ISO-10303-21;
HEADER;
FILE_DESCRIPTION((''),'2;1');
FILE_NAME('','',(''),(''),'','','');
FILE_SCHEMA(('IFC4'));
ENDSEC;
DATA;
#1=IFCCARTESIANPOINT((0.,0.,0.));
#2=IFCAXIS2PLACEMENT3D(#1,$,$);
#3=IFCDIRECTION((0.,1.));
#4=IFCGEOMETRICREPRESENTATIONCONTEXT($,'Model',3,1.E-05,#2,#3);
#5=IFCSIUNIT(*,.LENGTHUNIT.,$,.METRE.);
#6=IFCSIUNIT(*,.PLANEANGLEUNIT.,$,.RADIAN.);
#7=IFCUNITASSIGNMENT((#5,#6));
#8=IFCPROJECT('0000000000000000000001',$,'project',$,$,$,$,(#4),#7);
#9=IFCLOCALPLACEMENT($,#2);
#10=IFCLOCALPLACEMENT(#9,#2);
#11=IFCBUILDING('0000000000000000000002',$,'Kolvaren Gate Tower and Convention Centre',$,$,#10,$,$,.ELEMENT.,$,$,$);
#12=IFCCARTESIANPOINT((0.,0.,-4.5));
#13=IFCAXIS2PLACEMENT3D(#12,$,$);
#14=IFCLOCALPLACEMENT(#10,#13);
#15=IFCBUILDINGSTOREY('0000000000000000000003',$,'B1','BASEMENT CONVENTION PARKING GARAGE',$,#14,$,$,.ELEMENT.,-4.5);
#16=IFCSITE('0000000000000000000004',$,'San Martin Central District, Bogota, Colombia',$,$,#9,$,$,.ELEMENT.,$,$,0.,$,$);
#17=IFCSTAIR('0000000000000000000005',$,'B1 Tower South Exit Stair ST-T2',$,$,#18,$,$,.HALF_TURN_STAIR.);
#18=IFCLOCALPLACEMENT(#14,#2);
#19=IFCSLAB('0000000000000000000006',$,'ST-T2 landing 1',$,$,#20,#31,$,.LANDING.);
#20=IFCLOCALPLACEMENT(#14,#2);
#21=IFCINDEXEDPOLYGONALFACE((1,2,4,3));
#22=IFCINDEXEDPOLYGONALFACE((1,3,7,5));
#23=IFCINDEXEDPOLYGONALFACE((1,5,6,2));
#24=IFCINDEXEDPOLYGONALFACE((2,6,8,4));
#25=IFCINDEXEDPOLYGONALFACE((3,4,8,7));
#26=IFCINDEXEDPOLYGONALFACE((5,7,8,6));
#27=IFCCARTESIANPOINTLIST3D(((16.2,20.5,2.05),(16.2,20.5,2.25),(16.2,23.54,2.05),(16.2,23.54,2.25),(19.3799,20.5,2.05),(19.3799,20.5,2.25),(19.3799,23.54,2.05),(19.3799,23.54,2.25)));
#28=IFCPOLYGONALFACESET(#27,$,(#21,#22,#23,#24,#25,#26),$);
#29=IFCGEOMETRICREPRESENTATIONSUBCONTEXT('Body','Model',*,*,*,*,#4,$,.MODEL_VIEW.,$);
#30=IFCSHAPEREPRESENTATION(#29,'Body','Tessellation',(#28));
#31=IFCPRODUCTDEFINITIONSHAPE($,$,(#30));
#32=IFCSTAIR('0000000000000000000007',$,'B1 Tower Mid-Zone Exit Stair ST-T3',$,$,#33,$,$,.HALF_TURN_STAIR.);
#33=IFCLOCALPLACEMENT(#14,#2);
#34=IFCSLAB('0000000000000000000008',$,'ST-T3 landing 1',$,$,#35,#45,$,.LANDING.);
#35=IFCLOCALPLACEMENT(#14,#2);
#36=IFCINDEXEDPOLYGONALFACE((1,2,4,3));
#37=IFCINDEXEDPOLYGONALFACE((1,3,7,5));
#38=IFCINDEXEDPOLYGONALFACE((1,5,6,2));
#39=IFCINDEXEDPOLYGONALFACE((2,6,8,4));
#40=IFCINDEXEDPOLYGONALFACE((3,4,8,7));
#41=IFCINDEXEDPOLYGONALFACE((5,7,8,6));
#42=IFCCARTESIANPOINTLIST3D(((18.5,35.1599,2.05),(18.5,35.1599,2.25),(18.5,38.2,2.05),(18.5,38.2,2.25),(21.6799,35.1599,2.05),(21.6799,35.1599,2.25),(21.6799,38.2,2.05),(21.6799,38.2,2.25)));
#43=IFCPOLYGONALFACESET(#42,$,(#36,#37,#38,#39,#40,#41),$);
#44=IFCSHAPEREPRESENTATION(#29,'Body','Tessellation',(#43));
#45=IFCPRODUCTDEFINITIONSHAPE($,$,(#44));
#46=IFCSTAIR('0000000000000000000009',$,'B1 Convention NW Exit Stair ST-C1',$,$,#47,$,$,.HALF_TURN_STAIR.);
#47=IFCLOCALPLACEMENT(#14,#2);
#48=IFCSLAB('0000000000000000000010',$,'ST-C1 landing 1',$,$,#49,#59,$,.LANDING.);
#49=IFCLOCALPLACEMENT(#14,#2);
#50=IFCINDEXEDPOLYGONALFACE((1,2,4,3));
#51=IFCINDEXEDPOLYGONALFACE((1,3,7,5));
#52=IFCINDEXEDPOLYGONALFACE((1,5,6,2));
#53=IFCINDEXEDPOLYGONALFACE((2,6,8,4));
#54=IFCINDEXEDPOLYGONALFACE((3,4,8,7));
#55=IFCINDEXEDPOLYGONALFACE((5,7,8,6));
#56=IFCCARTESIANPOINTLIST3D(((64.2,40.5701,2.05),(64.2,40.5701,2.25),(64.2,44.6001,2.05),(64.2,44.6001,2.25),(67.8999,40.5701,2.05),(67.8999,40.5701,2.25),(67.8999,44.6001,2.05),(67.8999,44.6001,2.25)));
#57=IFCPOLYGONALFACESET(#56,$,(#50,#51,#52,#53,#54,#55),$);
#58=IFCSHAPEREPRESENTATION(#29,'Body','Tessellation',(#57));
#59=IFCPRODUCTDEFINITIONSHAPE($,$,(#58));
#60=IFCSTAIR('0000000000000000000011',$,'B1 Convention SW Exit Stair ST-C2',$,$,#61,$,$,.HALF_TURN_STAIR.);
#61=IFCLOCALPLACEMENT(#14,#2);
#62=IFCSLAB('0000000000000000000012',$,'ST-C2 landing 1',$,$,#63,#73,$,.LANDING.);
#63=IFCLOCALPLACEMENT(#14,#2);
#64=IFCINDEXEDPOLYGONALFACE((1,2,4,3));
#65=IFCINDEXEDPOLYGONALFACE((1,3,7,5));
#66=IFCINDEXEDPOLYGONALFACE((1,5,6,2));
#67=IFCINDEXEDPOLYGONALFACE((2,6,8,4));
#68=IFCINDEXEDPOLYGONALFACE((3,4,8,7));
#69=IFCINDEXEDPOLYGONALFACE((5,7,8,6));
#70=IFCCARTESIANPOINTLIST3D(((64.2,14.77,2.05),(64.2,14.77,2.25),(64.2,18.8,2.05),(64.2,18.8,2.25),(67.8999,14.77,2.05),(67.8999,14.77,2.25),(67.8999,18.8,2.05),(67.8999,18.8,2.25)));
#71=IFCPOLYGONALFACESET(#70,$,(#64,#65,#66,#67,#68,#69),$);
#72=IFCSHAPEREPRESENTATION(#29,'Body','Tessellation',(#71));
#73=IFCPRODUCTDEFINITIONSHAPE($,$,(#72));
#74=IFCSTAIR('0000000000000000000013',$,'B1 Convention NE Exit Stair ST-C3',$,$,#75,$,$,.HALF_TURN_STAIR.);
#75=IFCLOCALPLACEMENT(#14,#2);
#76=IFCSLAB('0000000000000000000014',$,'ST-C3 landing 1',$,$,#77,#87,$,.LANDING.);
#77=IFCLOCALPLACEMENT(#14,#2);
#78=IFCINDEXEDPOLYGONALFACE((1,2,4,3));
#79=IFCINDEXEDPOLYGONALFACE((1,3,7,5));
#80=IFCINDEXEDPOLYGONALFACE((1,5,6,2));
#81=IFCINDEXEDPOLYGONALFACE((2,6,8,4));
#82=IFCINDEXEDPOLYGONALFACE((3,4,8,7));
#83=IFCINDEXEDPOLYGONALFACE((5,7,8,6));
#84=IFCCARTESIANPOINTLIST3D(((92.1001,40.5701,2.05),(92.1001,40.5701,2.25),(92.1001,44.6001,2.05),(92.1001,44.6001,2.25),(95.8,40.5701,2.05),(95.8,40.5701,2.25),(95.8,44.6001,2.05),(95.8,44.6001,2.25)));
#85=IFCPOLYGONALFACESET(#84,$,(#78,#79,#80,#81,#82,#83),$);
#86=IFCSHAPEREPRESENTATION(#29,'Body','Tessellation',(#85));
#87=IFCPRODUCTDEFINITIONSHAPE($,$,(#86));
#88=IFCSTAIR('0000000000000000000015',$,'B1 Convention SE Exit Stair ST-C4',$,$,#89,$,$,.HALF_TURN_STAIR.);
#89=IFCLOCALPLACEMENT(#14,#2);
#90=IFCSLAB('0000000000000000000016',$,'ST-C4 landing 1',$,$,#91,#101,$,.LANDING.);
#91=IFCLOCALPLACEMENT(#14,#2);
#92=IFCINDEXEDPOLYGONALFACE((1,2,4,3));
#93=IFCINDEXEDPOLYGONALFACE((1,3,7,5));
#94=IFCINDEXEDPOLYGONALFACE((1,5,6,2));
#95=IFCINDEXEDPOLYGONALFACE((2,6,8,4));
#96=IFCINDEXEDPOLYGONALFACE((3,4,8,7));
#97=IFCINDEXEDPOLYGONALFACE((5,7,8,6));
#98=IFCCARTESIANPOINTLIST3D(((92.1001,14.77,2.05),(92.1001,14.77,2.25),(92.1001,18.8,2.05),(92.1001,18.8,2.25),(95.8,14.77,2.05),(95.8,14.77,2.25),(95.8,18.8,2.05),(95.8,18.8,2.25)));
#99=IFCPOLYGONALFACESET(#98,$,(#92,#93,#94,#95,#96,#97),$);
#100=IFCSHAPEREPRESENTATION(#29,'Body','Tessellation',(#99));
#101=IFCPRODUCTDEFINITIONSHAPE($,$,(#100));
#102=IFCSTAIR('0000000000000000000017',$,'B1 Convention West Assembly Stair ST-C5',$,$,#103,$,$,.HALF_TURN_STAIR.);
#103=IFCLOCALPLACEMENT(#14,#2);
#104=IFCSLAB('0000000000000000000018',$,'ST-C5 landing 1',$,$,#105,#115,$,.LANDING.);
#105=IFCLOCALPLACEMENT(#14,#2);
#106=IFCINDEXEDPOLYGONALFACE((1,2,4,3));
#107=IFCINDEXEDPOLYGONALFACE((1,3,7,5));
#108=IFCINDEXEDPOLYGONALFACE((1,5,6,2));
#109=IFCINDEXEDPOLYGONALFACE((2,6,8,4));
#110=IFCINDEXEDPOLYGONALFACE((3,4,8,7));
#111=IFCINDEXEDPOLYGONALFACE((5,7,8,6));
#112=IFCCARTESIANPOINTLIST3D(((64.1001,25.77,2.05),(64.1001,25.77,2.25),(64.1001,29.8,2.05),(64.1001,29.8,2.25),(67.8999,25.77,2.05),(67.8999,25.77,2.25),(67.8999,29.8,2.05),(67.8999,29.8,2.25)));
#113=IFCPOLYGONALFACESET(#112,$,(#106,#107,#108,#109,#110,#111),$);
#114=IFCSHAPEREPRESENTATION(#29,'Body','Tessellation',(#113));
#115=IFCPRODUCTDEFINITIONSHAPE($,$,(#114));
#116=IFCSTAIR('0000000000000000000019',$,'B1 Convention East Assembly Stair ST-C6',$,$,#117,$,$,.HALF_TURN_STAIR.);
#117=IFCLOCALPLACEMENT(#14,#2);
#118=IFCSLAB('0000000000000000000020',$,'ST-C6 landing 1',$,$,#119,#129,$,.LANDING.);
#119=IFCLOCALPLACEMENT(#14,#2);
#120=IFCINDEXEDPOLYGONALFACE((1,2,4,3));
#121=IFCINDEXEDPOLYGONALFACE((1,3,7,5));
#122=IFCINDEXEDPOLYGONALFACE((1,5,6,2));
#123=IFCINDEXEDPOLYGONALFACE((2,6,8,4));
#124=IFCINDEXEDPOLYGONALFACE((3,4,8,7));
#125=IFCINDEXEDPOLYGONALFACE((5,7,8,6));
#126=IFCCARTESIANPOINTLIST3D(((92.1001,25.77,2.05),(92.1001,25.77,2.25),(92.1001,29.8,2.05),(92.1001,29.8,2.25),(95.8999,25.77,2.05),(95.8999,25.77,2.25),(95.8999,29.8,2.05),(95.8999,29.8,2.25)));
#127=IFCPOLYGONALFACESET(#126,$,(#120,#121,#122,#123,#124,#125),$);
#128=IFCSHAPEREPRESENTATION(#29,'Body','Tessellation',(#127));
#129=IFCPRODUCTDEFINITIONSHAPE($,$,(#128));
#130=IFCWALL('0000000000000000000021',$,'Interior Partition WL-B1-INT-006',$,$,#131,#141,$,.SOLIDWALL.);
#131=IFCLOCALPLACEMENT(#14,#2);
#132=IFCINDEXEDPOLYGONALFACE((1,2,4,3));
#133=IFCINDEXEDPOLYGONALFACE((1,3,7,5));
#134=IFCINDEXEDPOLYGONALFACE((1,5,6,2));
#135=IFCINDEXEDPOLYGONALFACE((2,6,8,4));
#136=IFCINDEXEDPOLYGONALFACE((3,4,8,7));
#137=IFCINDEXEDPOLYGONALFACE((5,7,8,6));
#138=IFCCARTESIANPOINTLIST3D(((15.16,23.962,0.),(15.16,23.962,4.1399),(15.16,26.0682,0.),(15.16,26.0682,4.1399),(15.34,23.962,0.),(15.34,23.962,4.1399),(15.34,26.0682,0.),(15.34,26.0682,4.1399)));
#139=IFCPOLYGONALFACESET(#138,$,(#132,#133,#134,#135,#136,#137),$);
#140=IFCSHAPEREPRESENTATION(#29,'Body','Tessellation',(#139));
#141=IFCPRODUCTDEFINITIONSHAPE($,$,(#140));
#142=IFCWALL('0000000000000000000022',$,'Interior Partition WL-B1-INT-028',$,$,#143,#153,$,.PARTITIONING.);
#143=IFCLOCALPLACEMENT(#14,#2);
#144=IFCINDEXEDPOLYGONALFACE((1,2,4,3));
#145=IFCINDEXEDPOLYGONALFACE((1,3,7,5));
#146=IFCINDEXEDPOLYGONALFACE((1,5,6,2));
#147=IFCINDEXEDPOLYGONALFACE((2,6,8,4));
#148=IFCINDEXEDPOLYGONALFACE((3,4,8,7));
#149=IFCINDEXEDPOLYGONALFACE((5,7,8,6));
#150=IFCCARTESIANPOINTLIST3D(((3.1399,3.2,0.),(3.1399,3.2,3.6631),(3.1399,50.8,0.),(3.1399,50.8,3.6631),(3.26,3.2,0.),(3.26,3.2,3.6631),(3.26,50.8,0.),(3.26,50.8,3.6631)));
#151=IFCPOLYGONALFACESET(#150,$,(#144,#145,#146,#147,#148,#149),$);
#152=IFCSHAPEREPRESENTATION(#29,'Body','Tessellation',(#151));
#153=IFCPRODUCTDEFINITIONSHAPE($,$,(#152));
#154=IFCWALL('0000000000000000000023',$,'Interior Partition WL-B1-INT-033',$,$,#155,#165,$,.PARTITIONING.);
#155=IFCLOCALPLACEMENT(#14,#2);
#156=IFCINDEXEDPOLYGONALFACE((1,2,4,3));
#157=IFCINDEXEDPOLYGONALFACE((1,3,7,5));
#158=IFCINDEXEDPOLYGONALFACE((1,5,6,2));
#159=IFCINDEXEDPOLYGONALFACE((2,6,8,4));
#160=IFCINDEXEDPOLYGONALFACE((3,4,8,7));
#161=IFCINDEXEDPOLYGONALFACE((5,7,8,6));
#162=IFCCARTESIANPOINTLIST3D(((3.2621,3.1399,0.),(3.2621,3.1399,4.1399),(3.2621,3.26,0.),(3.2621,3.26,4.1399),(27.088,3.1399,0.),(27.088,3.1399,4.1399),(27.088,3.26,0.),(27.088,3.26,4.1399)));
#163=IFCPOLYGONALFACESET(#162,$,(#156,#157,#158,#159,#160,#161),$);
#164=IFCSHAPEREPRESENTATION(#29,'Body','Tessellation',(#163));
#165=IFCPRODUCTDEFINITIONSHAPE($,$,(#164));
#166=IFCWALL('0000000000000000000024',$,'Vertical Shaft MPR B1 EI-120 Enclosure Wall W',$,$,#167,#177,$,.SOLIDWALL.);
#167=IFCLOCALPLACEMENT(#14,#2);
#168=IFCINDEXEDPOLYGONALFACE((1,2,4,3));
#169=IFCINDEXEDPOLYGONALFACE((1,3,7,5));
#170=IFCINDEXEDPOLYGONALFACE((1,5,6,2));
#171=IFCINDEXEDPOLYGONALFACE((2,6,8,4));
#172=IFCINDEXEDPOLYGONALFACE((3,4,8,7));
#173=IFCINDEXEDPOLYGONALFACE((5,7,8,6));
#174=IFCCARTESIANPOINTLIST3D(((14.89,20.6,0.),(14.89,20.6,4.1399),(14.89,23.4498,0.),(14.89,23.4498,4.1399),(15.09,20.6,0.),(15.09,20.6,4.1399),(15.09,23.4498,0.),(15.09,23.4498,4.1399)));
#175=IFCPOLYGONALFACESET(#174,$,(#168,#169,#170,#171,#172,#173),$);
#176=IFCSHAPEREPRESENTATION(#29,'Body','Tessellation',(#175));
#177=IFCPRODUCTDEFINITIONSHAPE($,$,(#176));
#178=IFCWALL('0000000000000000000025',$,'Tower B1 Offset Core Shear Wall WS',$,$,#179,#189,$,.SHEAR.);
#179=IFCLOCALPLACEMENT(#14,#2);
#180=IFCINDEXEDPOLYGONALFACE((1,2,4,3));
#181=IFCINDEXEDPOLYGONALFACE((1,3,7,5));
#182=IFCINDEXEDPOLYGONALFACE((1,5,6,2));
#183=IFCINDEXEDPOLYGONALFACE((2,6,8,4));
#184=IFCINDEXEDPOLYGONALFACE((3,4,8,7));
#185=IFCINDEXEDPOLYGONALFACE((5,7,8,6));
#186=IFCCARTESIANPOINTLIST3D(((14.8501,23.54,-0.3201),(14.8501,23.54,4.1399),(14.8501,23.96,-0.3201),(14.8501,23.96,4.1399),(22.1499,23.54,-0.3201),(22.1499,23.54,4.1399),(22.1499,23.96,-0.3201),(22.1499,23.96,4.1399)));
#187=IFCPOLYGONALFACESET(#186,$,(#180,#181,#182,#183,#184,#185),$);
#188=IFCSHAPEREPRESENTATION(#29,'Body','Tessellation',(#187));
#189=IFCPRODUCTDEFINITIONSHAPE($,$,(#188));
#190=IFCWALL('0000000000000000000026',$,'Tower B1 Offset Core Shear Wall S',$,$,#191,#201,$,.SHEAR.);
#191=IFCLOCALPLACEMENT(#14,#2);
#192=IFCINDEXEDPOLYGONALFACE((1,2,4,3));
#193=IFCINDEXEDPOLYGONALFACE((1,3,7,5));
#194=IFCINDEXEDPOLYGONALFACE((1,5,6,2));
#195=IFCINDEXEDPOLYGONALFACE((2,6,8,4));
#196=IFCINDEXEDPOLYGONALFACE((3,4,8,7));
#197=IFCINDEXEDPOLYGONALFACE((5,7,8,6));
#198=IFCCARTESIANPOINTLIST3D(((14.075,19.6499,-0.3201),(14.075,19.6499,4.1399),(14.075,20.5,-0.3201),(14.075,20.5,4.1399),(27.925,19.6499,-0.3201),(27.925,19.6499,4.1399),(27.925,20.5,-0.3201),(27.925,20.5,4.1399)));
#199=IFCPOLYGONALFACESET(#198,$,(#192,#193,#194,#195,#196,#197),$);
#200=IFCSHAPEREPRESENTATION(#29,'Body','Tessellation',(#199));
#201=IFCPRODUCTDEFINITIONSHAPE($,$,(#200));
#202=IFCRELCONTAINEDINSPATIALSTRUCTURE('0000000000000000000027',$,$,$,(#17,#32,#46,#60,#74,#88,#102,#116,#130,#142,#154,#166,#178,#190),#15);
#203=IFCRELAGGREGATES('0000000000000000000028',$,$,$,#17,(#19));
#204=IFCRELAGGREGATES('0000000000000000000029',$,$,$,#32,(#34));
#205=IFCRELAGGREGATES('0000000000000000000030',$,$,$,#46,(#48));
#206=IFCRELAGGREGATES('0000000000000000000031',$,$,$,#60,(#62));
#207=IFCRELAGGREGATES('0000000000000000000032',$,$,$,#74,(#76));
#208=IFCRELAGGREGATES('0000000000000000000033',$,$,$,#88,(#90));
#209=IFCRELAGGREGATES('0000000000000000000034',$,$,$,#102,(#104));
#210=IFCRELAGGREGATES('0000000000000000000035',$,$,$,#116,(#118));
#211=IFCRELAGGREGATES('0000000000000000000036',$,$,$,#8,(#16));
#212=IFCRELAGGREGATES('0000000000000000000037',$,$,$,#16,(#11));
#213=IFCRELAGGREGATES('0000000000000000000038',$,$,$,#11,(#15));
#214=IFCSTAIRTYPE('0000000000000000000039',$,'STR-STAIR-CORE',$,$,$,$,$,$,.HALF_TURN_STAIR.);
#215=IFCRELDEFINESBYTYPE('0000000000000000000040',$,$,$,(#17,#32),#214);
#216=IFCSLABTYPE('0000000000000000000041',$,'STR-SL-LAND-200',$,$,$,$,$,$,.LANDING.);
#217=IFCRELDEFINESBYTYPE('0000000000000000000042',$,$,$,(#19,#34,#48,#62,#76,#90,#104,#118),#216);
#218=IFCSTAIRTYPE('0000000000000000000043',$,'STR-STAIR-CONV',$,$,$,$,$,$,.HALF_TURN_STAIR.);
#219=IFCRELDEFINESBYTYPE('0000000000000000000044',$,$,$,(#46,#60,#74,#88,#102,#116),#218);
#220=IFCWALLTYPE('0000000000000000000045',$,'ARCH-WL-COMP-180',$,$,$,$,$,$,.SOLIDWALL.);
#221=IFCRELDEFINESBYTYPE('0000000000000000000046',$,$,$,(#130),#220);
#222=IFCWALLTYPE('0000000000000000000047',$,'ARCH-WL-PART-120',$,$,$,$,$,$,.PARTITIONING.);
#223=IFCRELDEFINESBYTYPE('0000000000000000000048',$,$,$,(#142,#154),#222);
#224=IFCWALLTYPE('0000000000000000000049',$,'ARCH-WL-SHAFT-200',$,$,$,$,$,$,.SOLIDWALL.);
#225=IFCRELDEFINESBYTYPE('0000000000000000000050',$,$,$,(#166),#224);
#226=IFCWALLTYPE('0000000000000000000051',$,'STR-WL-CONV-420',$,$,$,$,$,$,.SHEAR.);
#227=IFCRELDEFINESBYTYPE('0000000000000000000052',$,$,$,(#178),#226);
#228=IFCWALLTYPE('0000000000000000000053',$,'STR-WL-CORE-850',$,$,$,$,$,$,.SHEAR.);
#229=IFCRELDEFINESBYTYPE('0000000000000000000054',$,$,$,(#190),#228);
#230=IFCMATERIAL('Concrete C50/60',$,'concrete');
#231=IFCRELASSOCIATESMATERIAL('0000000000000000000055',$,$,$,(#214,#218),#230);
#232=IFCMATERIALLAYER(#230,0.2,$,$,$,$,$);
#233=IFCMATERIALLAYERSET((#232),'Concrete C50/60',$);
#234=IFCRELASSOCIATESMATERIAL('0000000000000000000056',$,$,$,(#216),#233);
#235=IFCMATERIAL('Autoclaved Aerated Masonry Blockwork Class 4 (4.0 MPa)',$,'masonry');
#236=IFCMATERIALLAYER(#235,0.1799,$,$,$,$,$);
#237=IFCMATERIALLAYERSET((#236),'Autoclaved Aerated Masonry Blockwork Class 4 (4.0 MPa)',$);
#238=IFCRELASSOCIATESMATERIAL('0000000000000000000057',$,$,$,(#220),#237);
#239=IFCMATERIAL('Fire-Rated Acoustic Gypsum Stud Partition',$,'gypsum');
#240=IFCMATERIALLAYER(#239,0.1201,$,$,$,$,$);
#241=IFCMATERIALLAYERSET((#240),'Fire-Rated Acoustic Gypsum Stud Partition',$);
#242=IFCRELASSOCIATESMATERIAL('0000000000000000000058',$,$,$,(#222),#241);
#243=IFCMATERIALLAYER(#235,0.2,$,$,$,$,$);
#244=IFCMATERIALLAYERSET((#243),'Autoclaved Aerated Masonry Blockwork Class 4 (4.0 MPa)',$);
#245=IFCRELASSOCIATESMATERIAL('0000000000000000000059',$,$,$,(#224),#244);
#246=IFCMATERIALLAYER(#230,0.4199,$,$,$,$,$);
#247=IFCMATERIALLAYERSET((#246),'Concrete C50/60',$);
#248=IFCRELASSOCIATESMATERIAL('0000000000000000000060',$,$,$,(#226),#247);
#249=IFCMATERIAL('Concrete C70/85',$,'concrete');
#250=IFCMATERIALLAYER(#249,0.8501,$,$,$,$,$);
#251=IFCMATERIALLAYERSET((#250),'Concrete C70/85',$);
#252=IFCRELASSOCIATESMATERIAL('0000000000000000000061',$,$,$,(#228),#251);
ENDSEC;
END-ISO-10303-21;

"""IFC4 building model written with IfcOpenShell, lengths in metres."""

from ifc_helpers import new_model, si_unit, direction, frame, frame_2d, origin, place, context, subcontext, project, spatial, polyline, rectangle, outline, extrude, material, layer, layer_set, type_object, element, aggregate, save


model = new_model("IFC4")

# Units and contexts
model_context = context("Model", 3, precision=1e-05, world=origin(), true_north=direction((0.0, 1.0)))
body_context = subcontext(model_context, "Body", "Model", "MODEL_VIEW")
ifc_project = project(units=[si_unit("LENGTHUNIT", "METRE"), si_unit("PLANEANGLEUNIT", "RADIAN")], contexts=[model_context])

# Site, building, storey
site_placement = place(None, origin())
site = spatial("IfcSite", under=ifc_project, at=site_placement, Name="San Martin Central District, Bogota, Colombia", CompositionType="ELEMENT", RefElevation=0.0)
building_placement = place(site_placement, origin())
building = spatial("IfcBuilding", under=site, at=building_placement, Name="Kolvaren Gate Tower and Convention Centre", CompositionType="ELEMENT")
storey_placement = place(building_placement, frame((0.0, 0.0, -4.5)))
storey = spatial("IfcBuildingStorey", under=building, at=storey_placement, Name="B1", Description="BASEMENT CONVENTION PARKING GARAGE", CompositionType="ELEMENT", Elevation=-4.5)

# Shared definitions
ifc_material_1 = material(Name="Concrete C70/85", Category="concrete")

# Shared definitions
ifc_material_2 = material(Name="Concrete C50/60", Category="concrete")

# Stairs, slabs
stair_type_1 = type_object("IfcStairType", Name="STR-STAIR-CORE", PredefinedType="HALF_TURN_STAIR", material=ifc_material_2)
ifc_layer_1 = layer(ifc_material_2, 0.2)
ifc_layer_set_1 = layer_set([ifc_layer_1], Name="Concrete C50/60")
slab_type_1 = type_object("IfcSlabType", Name="STR-SL-LAND-200", PredefinedType="LANDING", material=ifc_layer_set_1)
stair_1_placement = place(storey_placement, origin())
stair_1 = element("IfcStair", 1, at=stair_1_placement, inside=storey, type_object=stair_type_1, Name="B1 Tower South Exit Stair ST-T2", PredefinedType="HALF_TURN_STAIR")
slab_1_placement = place(storey_placement, frame((0.0, 0.0, 2.05)))
slab_1 = element("IfcSlab", 2, at=slab_1_placement, type_object=slab_type_1, Name="ST-T2 landing 1", PredefinedType="LANDING", context=body_context, shape_type="SweptSolid", body=[
    extrude(outline(polyline([(19.3799, 23.54), (16.2, 23.54), (16.2, 20.5), (19.3799, 20.5), (19.3799, 23.54)])), origin(), (0.0, 0.0, 1.0), 0.2),
])
aggregate(stair_1, [slab_1])
stair_2_placement = place(storey_placement, origin())
stair_2 = element("IfcStair", 3, at=stair_2_placement, inside=storey, type_object=stair_type_1, Name="B1 Tower Mid-Zone Exit Stair ST-T3", PredefinedType="HALF_TURN_STAIR")
slab_2_placement = place(storey_placement, frame((0.0, 0.0, 2.05)))
slab_2 = element("IfcSlab", 4, at=slab_2_placement, type_object=slab_type_1, Name="ST-T3 landing 1", PredefinedType="LANDING", context=body_context, shape_type="SweptSolid", body=[
    extrude(outline(polyline([(21.6799, 38.2), (18.5, 38.2), (18.5, 35.1599), (21.6799, 35.1599), (21.6799, 38.2)])), origin(), (0.0, 0.0, 1.0), 0.2),
])
aggregate(stair_2, [slab_2])
stair_type_2 = type_object("IfcStairType", Name="STR-STAIR-CONV", PredefinedType="HALF_TURN_STAIR", material=ifc_material_2)
stair_3_placement = place(storey_placement, origin())
stair_3 = element("IfcStair", 5, at=stair_3_placement, inside=storey, type_object=stair_type_2, Name="B1 Convention NW Exit Stair ST-C1", PredefinedType="HALF_TURN_STAIR")
slab_3_placement = place(storey_placement, frame((0.0, 0.0, 2.05)))
slab_3 = element("IfcSlab", 6, at=slab_3_placement, type_object=slab_type_1, Name="ST-C1 landing 1", PredefinedType="LANDING", context=body_context, shape_type="SweptSolid", body=[
    extrude(outline(polyline([(67.8999, 40.5701), (67.8999, 44.6001), (64.2, 44.6001), (64.2, 40.5701), (67.8999, 40.5701)])), origin(), (0.0, 0.0, 1.0), 0.2),
])
aggregate(stair_3, [slab_3])
stair_4_placement = place(storey_placement, origin())
stair_4 = element("IfcStair", 7, at=stair_4_placement, inside=storey, type_object=stair_type_2, Name="B1 Convention SW Exit Stair ST-C2", PredefinedType="HALF_TURN_STAIR")
slab_4_placement = place(storey_placement, frame((0.0, 0.0, 2.05)))
slab_4 = element("IfcSlab", 8, at=slab_4_placement, type_object=slab_type_1, Name="ST-C2 landing 1", PredefinedType="LANDING", context=body_context, shape_type="SweptSolid", body=[
    extrude(outline(polyline([(67.8999, 14.77), (67.8999, 18.8), (64.2, 18.8), (64.2, 14.77), (67.8999, 14.77)])), origin(), (0.0, 0.0, 1.0), 0.2),
])
aggregate(stair_4, [slab_4])
stair_5_placement = place(storey_placement, origin())
stair_5 = element("IfcStair", 9, at=stair_5_placement, inside=storey, type_object=stair_type_2, Name="B1 Convention NE Exit Stair ST-C3", PredefinedType="HALF_TURN_STAIR")
slab_5_placement = place(storey_placement, frame((0.0, 0.0, 2.05)))
slab_5 = element("IfcSlab", 10, at=slab_5_placement, type_object=slab_type_1, Name="ST-C3 landing 1", PredefinedType="LANDING", context=body_context, shape_type="SweptSolid", body=[
    extrude(outline(polyline([(95.8, 40.5701), (95.8, 44.6001), (92.1001, 44.6001), (92.1001, 40.5701), (95.8, 40.5701)])), origin(), (0.0, 0.0, 1.0), 0.2),
])
aggregate(stair_5, [slab_5])
stair_6_placement = place(storey_placement, origin())
stair_6 = element("IfcStair", 11, at=stair_6_placement, inside=storey, type_object=stair_type_2, Name="B1 Convention SE Exit Stair ST-C4", PredefinedType="HALF_TURN_STAIR")
slab_6_placement = place(storey_placement, frame((0.0, 0.0, 2.05)))
slab_6 = element("IfcSlab", 12, at=slab_6_placement, type_object=slab_type_1, Name="ST-C4 landing 1", PredefinedType="LANDING", context=body_context, shape_type="SweptSolid", body=[
    extrude(outline(polyline([(95.8, 14.77), (95.8, 18.8), (92.1001, 18.8), (92.1001, 14.77), (95.8, 14.77)])), origin(), (0.0, 0.0, 1.0), 0.2),
])
aggregate(stair_6, [slab_6])
stair_7_placement = place(storey_placement, origin())
stair_7 = element("IfcStair", 13, at=stair_7_placement, inside=storey, type_object=stair_type_2, Name="B1 Convention West Assembly Stair ST-C5", PredefinedType="HALF_TURN_STAIR")
slab_7_placement = place(storey_placement, frame((0.0, 0.0, 2.05)))
slab_7 = element("IfcSlab", 14, at=slab_7_placement, type_object=slab_type_1, Name="ST-C5 landing 1", PredefinedType="LANDING", context=body_context, shape_type="SweptSolid", body=[
    extrude(outline(polyline([(67.8999, 25.77), (67.8999, 29.8), (64.1001, 29.8), (64.1001, 25.77), (67.8999, 25.77)])), origin(), (0.0, 0.0, 1.0), 0.2),
])
aggregate(stair_7, [slab_7])
stair_8_placement = place(storey_placement, origin())
stair_8 = element("IfcStair", 15, at=stair_8_placement, inside=storey, type_object=stair_type_2, Name="B1 Convention East Assembly Stair ST-C6", PredefinedType="HALF_TURN_STAIR")
slab_8_placement = place(storey_placement, frame((0.0, 0.0, 2.05)))
slab_8 = element("IfcSlab", 16, at=slab_8_placement, type_object=slab_type_1, Name="ST-C6 landing 1", PredefinedType="LANDING", context=body_context, shape_type="SweptSolid", body=[
    extrude(outline(polyline([(95.8999, 25.77), (95.8999, 29.8), (92.1001, 29.8), (92.1001, 25.77), (95.8999, 25.77)])), origin(), (0.0, 0.0, 1.0), 0.2),
])
aggregate(stair_8, [slab_8])

# Walls
ifc_material_3 = material(Name="Autoclaved Aerated Masonry Blockwork Class 4 (4.0 MPa)", Category="masonry")
ifc_layer_2 = layer(ifc_material_3, 0.1799)
ifc_layer_set_2 = layer_set([ifc_layer_2], Name="Autoclaved Aerated Masonry Blockwork Class 4 (4.0 MPa)")
wall_type_1 = type_object("IfcWallType", Name="ARCH-WL-COMP-180", PredefinedType="SOLIDWALL", material=ifc_layer_set_2)
wall_1_placement = place(storey_placement, frame((15.25, 23.9619, 0.0), z_axis=(0.0, 0.0, 1.0), x_axis=(0.0, 1.0, 0.0)))
element("IfcWall", 17, at=wall_1_placement, inside=storey, type_object=wall_type_1, Name="Interior Partition WL-B1-INT-006", PredefinedType="SOLIDWALL", context=body_context, shape_type="SweptSolid", body=[
    extrude(rectangle(XDim=2.1062, YDim=0.1799, at=frame_2d((1.0532, 0.0))), origin(), (0.0, 0.0, 1.0), 4.1399),
])
ifc_material_4 = material(Name="Fire-Rated Acoustic Gypsum Stud Partition", Category="gypsum")
ifc_layer_3 = layer(ifc_material_4, 0.1201)
ifc_layer_set_3 = layer_set([ifc_layer_3], Name="Fire-Rated Acoustic Gypsum Stud Partition")
wall_type_2 = type_object("IfcWallType", Name="ARCH-WL-PART-120", PredefinedType="PARTITIONING", material=ifc_layer_set_3)
wall_2_placement = place(storey_placement, frame((3.2, 3.2, 0.0), z_axis=(0.0, 0.0, 1.0), x_axis=(0.0, 1.0, 0.0)))
element("IfcWall", 18, at=wall_2_placement, inside=storey, type_object=wall_type_2, Name="Interior Partition WL-B1-INT-028", PredefinedType="PARTITIONING", context=body_context, shape_type="SweptSolid", body=[
    extrude(rectangle(XDim=47.6001, YDim=0.1201, at=frame_2d((23.8, 0.0))), origin(), (0.0, 0.0, 1.0), 3.6631),
])
wall_3_placement = place(storey_placement, frame((3.262, 3.2, 0.0), z_axis=(0.0, 0.0, 1.0), x_axis=(1.0, 0.0, 0.0)))
element("IfcWall", 19, at=wall_3_placement, inside=storey, type_object=wall_type_2, Name="Interior Partition WL-B1-INT-033", PredefinedType="PARTITIONING", context=body_context, shape_type="SweptSolid", body=[
    extrude(rectangle(XDim=23.8259, YDim=0.1201, at=frame_2d((11.9131, 0.0))), origin(), (0.0, 0.0, 1.0), 4.1399),
])
ifc_layer_4 = layer(ifc_material_3, 0.2)
ifc_layer_set_4 = layer_set([ifc_layer_4], Name="Autoclaved Aerated Masonry Blockwork Class 4 (4.0 MPa)")
wall_type_3 = type_object("IfcWallType", Name="ARCH-WL-SHAFT-200", PredefinedType="SOLIDWALL", material=ifc_layer_set_4)
wall_4_placement = place(storey_placement, frame((14.99, 20.6001, 0.0), z_axis=(0.0, 0.0, 1.0), x_axis=(0.0, 1.0, 0.0)))
element("IfcWall", 20, at=wall_4_placement, inside=storey, type_object=wall_type_3, Name="Vertical Shaft MPR B1 EI-120 Enclosure Wall W", PredefinedType="SOLIDWALL", context=body_context, shape_type="SweptSolid", body=[
    extrude(rectangle(XDim=2.8499, YDim=0.2, at=frame_2d((1.4248, 0.0))), origin(), (0.0, 0.0, 1.0), 4.1399),
])
ifc_layer_5 = layer(ifc_material_2, 0.4199)
ifc_layer_set_5 = layer_set([ifc_layer_5], Name="Concrete C50/60")
wall_type_4 = type_object("IfcWallType", Name="STR-WL-CONV-420", PredefinedType="SHEAR", material=ifc_layer_set_5)
wall_5_placement = place(storey_placement, frame((14.8501, 23.75, -0.3201), z_axis=(0.0, 0.0, 1.0), x_axis=(1.0, 0.0, 0.0)))
element("IfcWall", 21, at=wall_5_placement, inside=storey, type_object=wall_type_4, Name="Tower B1 Offset Core Shear Wall WS", PredefinedType="SHEAR", context=body_context, shape_type="SweptSolid", body=[
    extrude(rectangle(XDim=7.2998, YDim=0.4199, at=frame_2d((3.6499, 0.0))), origin(), (0.0, 0.0, 1.0), 4.46),
])
ifc_layer_6 = layer(ifc_material_1, 0.8501)
ifc_layer_set_6 = layer_set([ifc_layer_6], Name="Concrete C70/85")
wall_type_5 = type_object("IfcWallType", Name="STR-WL-CORE-850", PredefinedType="SHEAR", material=ifc_layer_set_6)
wall_6_placement = place(storey_placement, frame((14.075, 20.075, -0.3201), z_axis=(0.0, 0.0, 1.0), x_axis=(1.0, 0.0, 0.0)))
element("IfcWall", 22, at=wall_6_placement, inside=storey, type_object=wall_type_5, Name="Tower B1 Offset Core Shear Wall S", PredefinedType="SHEAR", context=body_context, shape_type="SweptSolid", body=[
    extrude(rectangle(XDim=13.8501, YDim=0.8501, at=frame_2d((6.925, 0.0))), origin(), (0.0, 0.0, 1.0), 4.46),
])

save(model, "model.ifc")
